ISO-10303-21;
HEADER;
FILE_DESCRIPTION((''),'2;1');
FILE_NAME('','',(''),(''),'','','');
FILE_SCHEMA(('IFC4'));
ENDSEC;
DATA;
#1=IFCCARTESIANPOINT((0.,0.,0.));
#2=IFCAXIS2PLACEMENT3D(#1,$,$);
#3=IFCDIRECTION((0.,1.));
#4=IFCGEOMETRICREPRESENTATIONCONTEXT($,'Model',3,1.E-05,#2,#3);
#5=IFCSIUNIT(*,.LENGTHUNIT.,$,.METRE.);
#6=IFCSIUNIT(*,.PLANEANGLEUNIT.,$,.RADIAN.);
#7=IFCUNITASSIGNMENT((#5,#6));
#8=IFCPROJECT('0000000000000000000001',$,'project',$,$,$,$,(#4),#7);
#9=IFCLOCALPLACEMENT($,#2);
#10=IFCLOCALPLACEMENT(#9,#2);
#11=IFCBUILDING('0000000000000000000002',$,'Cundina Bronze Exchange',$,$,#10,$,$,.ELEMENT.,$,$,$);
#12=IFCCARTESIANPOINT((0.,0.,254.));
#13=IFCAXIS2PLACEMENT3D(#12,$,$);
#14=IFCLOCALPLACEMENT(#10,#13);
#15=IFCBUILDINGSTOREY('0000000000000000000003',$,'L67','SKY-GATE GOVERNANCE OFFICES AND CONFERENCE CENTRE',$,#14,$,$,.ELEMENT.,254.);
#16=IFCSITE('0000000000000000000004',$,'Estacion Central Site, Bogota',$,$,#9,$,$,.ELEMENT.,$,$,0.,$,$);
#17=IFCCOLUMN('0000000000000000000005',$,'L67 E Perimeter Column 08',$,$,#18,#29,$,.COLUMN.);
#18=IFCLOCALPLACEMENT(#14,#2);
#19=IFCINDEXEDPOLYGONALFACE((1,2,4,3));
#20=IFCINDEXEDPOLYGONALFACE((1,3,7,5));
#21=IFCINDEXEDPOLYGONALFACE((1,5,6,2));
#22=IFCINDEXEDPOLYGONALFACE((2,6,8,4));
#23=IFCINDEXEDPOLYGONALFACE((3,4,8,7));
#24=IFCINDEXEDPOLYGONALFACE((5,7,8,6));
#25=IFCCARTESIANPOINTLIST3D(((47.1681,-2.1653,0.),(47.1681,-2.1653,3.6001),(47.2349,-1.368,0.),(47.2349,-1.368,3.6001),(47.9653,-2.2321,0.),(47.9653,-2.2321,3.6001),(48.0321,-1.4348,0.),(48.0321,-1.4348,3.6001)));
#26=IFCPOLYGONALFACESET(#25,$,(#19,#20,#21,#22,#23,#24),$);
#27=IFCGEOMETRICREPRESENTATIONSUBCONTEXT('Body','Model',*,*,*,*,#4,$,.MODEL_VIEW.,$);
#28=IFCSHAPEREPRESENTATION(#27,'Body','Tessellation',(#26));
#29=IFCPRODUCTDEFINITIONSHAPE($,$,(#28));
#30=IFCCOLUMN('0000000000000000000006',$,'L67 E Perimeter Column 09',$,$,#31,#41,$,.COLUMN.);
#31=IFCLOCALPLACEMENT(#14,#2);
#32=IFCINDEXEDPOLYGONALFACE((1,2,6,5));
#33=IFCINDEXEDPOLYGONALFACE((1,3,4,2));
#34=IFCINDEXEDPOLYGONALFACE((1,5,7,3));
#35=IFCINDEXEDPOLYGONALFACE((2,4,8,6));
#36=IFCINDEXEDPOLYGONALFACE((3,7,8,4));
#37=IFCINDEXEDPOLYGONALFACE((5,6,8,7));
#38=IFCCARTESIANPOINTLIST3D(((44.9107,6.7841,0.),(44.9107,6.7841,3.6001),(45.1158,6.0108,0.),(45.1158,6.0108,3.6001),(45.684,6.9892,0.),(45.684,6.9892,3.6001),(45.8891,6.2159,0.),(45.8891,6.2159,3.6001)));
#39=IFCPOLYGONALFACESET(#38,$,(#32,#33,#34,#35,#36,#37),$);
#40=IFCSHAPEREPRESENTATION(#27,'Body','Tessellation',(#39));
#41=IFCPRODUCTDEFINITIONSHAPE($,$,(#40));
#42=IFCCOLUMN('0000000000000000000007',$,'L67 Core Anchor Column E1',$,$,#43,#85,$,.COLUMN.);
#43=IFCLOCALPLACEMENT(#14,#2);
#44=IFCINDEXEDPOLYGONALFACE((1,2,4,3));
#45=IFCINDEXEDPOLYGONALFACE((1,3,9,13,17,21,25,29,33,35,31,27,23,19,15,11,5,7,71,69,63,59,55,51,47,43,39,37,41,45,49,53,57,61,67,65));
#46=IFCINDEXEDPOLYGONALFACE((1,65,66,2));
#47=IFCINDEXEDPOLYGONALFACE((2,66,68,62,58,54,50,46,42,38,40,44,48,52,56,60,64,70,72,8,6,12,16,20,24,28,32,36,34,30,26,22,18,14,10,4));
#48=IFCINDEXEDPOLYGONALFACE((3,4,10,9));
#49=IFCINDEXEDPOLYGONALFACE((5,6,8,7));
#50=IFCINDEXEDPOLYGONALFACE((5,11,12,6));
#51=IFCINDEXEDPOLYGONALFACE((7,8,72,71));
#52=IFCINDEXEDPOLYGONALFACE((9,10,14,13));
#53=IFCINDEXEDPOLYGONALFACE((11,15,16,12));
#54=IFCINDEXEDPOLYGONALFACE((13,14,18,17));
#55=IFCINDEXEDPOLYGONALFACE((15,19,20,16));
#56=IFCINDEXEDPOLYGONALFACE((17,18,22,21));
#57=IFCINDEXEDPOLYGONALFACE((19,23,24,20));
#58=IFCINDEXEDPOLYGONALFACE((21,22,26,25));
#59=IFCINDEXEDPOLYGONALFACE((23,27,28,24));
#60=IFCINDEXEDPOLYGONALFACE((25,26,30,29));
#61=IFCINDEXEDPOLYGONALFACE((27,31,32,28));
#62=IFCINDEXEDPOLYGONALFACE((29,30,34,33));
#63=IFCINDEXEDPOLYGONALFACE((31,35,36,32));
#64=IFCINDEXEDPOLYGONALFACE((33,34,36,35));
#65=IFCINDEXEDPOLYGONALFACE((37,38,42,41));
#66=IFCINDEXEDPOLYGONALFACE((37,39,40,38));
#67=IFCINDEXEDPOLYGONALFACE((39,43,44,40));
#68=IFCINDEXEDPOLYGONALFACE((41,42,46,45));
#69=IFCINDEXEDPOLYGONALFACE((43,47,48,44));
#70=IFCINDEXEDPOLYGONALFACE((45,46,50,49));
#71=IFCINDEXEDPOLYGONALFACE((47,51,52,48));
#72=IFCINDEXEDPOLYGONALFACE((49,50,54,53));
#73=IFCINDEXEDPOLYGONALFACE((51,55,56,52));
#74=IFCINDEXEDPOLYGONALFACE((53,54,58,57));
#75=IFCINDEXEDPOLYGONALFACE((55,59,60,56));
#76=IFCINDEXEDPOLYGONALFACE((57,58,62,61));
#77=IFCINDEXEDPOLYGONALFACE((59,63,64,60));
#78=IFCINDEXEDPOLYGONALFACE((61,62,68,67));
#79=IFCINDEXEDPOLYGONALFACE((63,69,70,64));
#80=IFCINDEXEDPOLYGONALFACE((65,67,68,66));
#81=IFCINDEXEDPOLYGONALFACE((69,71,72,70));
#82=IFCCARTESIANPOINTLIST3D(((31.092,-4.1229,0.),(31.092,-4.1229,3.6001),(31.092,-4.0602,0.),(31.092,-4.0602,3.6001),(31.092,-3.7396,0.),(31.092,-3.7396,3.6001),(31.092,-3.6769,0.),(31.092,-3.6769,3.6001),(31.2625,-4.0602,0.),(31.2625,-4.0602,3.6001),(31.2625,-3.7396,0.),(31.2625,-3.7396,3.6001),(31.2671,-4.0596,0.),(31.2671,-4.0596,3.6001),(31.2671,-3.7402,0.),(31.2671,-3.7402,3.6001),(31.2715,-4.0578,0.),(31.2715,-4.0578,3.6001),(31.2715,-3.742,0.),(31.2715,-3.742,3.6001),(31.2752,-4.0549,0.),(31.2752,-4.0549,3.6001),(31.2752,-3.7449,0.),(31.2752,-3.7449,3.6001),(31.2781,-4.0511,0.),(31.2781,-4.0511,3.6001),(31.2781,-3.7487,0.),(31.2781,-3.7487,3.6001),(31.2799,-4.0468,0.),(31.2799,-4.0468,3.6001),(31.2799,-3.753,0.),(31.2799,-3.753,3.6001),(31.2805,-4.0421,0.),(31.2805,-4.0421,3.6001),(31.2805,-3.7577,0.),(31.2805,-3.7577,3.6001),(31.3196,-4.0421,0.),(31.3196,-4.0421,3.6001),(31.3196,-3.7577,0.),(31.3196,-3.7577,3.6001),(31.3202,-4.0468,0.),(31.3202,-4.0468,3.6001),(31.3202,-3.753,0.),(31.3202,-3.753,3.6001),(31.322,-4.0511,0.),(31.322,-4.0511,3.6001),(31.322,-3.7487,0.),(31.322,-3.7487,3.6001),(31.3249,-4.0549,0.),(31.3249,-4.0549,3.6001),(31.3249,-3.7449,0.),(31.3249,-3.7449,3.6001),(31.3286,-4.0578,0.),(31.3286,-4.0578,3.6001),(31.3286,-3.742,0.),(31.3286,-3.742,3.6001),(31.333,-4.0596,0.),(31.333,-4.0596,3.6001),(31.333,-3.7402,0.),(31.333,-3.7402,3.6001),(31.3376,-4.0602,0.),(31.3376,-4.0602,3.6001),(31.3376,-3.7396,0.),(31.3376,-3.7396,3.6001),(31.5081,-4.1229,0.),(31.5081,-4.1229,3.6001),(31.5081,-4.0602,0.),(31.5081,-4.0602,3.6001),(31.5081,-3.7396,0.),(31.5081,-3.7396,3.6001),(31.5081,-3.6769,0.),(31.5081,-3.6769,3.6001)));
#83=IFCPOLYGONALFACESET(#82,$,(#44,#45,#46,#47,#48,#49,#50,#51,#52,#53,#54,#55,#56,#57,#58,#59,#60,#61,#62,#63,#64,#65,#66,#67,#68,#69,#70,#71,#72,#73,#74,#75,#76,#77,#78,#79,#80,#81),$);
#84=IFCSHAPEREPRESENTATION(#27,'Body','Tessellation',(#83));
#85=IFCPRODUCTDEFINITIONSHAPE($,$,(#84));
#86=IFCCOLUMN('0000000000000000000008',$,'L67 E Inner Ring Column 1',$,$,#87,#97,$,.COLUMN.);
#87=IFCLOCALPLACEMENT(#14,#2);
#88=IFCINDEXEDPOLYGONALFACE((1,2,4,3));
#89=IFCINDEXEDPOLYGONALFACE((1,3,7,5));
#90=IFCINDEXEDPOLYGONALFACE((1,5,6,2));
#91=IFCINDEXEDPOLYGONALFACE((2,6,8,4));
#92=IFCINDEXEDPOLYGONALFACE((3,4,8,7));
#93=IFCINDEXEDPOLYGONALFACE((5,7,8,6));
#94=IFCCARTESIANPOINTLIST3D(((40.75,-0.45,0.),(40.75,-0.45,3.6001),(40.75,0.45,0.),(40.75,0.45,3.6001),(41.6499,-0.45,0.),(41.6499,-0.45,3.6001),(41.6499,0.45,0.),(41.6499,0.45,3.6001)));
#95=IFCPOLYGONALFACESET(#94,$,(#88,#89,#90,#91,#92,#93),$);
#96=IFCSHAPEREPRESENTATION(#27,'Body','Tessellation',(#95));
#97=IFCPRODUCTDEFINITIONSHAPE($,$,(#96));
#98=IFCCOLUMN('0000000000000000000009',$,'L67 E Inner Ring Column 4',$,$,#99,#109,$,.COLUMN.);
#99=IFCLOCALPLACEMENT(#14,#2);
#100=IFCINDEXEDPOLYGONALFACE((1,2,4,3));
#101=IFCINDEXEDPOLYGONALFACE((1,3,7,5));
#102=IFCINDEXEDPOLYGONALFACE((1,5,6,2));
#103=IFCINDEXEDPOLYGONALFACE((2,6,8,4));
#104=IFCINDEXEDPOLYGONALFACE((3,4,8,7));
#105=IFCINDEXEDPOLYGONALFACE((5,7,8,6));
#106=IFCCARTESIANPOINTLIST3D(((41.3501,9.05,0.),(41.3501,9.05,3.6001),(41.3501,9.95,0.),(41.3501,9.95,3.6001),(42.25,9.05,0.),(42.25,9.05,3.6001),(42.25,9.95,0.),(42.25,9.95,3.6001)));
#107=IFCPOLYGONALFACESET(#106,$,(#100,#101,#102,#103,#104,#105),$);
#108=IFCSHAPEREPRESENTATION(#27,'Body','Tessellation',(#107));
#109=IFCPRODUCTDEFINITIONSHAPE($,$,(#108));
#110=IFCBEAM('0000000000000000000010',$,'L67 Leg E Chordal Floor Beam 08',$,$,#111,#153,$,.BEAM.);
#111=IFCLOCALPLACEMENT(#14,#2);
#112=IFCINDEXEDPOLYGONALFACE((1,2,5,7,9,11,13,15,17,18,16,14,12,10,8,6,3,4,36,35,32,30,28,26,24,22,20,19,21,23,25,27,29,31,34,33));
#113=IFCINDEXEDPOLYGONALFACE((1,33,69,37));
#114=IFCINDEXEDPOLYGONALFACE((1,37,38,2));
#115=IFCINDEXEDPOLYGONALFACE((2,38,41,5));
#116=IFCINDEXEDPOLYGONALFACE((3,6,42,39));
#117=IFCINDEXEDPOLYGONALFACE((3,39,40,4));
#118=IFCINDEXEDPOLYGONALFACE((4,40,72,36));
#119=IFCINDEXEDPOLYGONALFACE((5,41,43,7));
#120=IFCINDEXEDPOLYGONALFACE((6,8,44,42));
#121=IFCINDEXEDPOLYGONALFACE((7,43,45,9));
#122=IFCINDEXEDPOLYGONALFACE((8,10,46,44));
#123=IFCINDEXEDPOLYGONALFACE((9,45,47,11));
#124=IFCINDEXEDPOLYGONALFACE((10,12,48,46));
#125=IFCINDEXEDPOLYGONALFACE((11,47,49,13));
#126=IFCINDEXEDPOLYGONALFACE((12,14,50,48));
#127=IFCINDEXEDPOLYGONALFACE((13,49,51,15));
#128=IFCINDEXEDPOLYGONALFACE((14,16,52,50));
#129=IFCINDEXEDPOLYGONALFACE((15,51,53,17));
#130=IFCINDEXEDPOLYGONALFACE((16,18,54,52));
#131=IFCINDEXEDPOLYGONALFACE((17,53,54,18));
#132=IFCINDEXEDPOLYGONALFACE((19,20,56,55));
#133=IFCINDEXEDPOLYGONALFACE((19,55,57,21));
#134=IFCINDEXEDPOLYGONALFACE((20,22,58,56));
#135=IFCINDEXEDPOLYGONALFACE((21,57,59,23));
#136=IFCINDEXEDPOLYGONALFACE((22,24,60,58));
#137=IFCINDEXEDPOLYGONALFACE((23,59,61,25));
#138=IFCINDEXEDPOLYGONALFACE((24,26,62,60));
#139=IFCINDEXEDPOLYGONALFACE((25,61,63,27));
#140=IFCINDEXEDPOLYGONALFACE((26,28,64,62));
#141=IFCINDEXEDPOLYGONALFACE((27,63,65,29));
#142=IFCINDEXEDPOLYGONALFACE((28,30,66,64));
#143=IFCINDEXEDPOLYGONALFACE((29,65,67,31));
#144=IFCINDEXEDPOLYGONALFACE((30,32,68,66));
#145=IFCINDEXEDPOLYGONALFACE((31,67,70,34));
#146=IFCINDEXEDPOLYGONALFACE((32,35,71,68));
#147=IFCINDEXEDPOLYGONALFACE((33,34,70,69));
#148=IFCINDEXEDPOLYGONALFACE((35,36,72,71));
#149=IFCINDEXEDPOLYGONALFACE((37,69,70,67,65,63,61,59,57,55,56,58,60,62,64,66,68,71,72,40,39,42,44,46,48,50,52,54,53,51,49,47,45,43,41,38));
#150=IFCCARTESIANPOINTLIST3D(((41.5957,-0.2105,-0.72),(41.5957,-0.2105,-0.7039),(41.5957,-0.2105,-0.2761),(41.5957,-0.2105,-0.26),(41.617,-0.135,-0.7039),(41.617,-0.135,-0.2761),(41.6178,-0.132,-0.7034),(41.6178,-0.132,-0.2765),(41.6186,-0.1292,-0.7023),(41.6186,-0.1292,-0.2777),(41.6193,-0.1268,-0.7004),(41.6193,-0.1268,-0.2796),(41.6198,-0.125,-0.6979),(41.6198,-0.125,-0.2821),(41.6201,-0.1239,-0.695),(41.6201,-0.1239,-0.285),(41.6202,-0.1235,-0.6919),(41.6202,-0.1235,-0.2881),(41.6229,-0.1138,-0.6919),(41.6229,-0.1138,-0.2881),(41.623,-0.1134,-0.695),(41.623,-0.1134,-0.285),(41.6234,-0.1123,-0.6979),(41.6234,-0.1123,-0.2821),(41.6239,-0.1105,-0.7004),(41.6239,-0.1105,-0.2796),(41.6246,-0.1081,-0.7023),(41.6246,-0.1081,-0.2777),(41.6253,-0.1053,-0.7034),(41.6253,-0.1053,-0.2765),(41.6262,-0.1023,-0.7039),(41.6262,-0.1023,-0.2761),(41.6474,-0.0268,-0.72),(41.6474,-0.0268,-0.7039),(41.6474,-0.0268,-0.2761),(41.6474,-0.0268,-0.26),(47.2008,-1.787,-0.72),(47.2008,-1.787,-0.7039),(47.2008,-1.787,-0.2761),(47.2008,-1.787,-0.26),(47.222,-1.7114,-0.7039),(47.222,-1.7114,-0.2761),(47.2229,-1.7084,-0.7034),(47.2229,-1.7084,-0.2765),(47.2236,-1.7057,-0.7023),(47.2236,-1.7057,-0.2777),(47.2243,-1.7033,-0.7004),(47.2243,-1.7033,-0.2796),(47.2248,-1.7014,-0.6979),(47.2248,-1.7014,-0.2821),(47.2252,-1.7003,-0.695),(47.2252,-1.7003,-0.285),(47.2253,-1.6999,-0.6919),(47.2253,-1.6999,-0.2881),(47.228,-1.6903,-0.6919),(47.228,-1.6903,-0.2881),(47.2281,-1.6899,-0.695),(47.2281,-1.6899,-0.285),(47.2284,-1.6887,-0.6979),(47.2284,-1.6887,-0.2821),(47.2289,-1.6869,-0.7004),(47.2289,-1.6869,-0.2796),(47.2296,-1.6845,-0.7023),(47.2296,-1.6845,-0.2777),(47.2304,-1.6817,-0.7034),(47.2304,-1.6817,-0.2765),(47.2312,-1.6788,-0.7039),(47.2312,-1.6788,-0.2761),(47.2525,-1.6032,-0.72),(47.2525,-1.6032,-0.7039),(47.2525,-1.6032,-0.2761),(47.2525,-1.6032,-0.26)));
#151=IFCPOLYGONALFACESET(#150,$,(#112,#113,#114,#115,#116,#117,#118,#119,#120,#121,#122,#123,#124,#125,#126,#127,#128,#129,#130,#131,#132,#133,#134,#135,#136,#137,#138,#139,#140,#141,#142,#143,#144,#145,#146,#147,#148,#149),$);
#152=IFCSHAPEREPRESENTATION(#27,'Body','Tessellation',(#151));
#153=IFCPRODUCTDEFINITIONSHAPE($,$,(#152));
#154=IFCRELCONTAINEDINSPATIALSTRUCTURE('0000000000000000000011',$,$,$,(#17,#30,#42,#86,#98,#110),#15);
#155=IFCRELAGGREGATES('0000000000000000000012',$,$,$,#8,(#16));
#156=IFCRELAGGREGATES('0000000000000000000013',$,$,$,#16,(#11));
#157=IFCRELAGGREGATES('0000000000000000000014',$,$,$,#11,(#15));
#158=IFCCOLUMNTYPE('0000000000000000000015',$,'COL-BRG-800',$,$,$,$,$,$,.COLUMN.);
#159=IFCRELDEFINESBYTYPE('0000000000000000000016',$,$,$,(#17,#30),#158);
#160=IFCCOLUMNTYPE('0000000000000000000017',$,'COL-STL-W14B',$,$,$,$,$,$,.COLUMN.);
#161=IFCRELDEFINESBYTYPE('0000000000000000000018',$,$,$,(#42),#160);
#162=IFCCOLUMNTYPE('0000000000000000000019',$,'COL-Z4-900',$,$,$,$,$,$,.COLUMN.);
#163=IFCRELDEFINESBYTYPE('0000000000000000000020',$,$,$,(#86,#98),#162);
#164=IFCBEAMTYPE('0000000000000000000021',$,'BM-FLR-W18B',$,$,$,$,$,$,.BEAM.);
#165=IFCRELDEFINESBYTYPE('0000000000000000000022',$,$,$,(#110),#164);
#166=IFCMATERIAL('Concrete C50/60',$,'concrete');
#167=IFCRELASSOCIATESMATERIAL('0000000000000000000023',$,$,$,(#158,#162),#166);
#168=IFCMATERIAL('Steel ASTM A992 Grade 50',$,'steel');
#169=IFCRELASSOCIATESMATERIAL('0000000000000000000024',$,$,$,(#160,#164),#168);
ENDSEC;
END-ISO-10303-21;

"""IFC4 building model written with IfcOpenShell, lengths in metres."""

from ifc_helpers import new_model, si_unit, direction, frame, origin, origin_2d, place, context, subcontext, project, spatial, rectangle, i_section, extrude, material, material_profile, profile_set, type_object, element, save


model = new_model("IFC4")

# Units and contexts
model_context = context("Model", 3, precision=1e-05, world=origin(), true_north=direction((0.0, 1.0)))
body_context = subcontext(model_context, "Body", "Model", "MODEL_VIEW")
ifc_project = project(units=[si_unit("LENGTHUNIT", "METRE"), si_unit("PLANEANGLEUNIT", "RADIAN")], contexts=[model_context])

# Site, building, storey
site_placement = place(None, origin())
site = spatial("IfcSite", under=ifc_project, at=site_placement, Name="Estacion Central Site, Bogota", CompositionType="ELEMENT", RefElevation=0.0)
building_placement = place(site_placement, origin())
building = spatial("IfcBuilding", under=site, at=building_placement, Name="Cundina Bronze Exchange", CompositionType="ELEMENT")
storey_placement = place(building_placement, frame((0.0, 0.0, 254.0)))
storey = spatial("IfcBuildingStorey", under=building, at=storey_placement, Name="L67", Description="SKY-GATE GOVERNANCE OFFICES AND CONFERENCE CENTRE", CompositionType="ELEMENT", Elevation=254.0)

# Columns
ifc_material_1 = material(Name="Concrete C50/60", Category="concrete")
ifc_material_profile_1 = material_profile(ifc_material_1, rectangle(XDim=0.8, YDim=0.8, at=origin_2d()), Name="RC800X800", Category="concrete")
ifc_profile_set_1 = profile_set([ifc_material_profile_1], Name="Concrete C50/60")
column_type_1 = type_object("IfcColumnType", Name="COL-BRG-800", PredefinedType="COLUMN", material=ifc_profile_set_1)
for number, where, z_axis, x_axis, name in (
    (1, (47.6001, -1.8, 0.0), (0.0, 0.0, 1.0), (0.083504, 0.996507, 0.0), "L67 E Perimeter Column 08"),
    (2, (45.3999, 6.5, 0.0), (0.0, 0.0, 1.0), (-0.256289, 0.9666, 0.0), "L67 E Perimeter Column 09"),
):
    element("IfcColumn", number, at=place(storey_placement, frame(where, z_axis=z_axis, x_axis=x_axis)), inside=storey, type_object=column_type_1, Name=name, PredefinedType="COLUMN", context=body_context, shape_type="SweptSolid", body=[
        extrude(rectangle(XDim=0.8, YDim=0.8, at=origin_2d()), origin(), (0.0, 0.0, 1.0), 3.6001),
    ])
ifc_material_2 = material(Name="Steel ASTM A992 Grade 50", Category="steel")
ifc_material_profile_2 = material_profile(ifc_material_2, i_section(OverallWidth=0.416, OverallDepth=0.446, WebThickness=0.0391, FlangeThickness=0.0627, FilletRadius=0.0181, at=origin_2d()), Name="W14X342", Category="steel")
ifc_profile_set_2 = profile_set([ifc_material_profile_2], Name="Steel ASTM A992 Grade 50")
column_type_2 = type_object("IfcColumnType", Name="COL-STL-W14B", PredefinedType="COLUMN", material=ifc_profile_set_2)
column_placement = place(storey_placement, frame((31.3, -3.8999, 0.0), z_axis=(0.0, 0.0, 1.0), x_axis=(1.0, 0.0, 0.0)))
element("IfcColumn", 3, at=column_placement, inside=storey, type_object=column_type_2, Name="L67 Core Anchor Column E1", PredefinedType="COLUMN", context=body_context, shape_type="SweptSolid", body=[
    extrude(i_section(OverallWidth=0.416, OverallDepth=0.446, WebThickness=0.0391, FlangeThickness=0.0627, FilletRadius=0.0181, at=origin_2d()), origin(), (0.0, 0.0, 1.0), 3.6001),
])
ifc_material_profile_3 = material_profile(ifc_material_1, rectangle(XDim=0.8999, YDim=0.8999, at=origin_2d()), Name="RC900X900", Category="concrete")
ifc_profile_set_3 = profile_set([ifc_material_profile_3], Name="Concrete C50/60")
column_type_3 = type_object("IfcColumnType", Name="COL-Z4-900", PredefinedType="COLUMN", material=ifc_profile_set_3)
for number, where, z_axis, x_axis, name in (
    (4, (41.2, 0.0, 0.0), (0.0, 0.0, 1.0), (1.0, 0.0, 0.0), "L67 E Inner Ring Column 1"),
    (5, (41.8, 9.5, 0.0), (0.0, 0.0, 1.0), (1.0, 0.0, 0.0), "L67 E Inner Ring Column 4"),
):
    element("IfcColumn", number, at=place(storey_placement, frame(where, z_axis=z_axis, x_axis=x_axis)), inside=storey, type_object=column_type_3, Name=name, PredefinedType="COLUMN", context=body_context, shape_type="SweptSolid", body=[
        extrude(rectangle(XDim=0.8999, YDim=0.8999, at=origin_2d()), origin(), (0.0, 0.0, 1.0), 3.6001),
    ])

# Beam
ifc_material_profile_4 = material_profile(ifc_material_2, i_section(OverallWidth=0.1909, OverallDepth=0.46, WebThickness=0.01, FlangeThickness=0.0161, FilletRadius=0.012, at=origin_2d()), Name="W18X55", Category="steel")
ifc_profile_set_4 = profile_set([ifc_material_profile_4], Name="Steel ASTM A992 Grade 50")
beam_type_1 = type_object("IfcBeamType", Name="BM-FLR-W18B", PredefinedType="BEAM", material=ifc_profile_set_4)
beam_1_placement = place(storey_placement, frame((41.6216, -0.1187, -0.49), z_axis=(0.96265, -0.270748, 0.0), x_axis=(0.270748, 0.96265, 0.0)))
element("IfcBeam", 6, at=beam_1_placement, inside=storey, type_object=beam_type_1, Name="L67 Leg E Chordal Floor Beam 08", PredefinedType="BEAM", context=body_context, shape_type="SweptSolid", body=[
    extrude(i_section(OverallWidth=0.1909, OverallDepth=0.46, WebThickness=0.01, FlangeThickness=0.0161, FilletRadius=0.012, at=origin_2d()), origin(), (0.0, 0.0, 1.0), 5.8225),
])

save(model, "model.ifc")
